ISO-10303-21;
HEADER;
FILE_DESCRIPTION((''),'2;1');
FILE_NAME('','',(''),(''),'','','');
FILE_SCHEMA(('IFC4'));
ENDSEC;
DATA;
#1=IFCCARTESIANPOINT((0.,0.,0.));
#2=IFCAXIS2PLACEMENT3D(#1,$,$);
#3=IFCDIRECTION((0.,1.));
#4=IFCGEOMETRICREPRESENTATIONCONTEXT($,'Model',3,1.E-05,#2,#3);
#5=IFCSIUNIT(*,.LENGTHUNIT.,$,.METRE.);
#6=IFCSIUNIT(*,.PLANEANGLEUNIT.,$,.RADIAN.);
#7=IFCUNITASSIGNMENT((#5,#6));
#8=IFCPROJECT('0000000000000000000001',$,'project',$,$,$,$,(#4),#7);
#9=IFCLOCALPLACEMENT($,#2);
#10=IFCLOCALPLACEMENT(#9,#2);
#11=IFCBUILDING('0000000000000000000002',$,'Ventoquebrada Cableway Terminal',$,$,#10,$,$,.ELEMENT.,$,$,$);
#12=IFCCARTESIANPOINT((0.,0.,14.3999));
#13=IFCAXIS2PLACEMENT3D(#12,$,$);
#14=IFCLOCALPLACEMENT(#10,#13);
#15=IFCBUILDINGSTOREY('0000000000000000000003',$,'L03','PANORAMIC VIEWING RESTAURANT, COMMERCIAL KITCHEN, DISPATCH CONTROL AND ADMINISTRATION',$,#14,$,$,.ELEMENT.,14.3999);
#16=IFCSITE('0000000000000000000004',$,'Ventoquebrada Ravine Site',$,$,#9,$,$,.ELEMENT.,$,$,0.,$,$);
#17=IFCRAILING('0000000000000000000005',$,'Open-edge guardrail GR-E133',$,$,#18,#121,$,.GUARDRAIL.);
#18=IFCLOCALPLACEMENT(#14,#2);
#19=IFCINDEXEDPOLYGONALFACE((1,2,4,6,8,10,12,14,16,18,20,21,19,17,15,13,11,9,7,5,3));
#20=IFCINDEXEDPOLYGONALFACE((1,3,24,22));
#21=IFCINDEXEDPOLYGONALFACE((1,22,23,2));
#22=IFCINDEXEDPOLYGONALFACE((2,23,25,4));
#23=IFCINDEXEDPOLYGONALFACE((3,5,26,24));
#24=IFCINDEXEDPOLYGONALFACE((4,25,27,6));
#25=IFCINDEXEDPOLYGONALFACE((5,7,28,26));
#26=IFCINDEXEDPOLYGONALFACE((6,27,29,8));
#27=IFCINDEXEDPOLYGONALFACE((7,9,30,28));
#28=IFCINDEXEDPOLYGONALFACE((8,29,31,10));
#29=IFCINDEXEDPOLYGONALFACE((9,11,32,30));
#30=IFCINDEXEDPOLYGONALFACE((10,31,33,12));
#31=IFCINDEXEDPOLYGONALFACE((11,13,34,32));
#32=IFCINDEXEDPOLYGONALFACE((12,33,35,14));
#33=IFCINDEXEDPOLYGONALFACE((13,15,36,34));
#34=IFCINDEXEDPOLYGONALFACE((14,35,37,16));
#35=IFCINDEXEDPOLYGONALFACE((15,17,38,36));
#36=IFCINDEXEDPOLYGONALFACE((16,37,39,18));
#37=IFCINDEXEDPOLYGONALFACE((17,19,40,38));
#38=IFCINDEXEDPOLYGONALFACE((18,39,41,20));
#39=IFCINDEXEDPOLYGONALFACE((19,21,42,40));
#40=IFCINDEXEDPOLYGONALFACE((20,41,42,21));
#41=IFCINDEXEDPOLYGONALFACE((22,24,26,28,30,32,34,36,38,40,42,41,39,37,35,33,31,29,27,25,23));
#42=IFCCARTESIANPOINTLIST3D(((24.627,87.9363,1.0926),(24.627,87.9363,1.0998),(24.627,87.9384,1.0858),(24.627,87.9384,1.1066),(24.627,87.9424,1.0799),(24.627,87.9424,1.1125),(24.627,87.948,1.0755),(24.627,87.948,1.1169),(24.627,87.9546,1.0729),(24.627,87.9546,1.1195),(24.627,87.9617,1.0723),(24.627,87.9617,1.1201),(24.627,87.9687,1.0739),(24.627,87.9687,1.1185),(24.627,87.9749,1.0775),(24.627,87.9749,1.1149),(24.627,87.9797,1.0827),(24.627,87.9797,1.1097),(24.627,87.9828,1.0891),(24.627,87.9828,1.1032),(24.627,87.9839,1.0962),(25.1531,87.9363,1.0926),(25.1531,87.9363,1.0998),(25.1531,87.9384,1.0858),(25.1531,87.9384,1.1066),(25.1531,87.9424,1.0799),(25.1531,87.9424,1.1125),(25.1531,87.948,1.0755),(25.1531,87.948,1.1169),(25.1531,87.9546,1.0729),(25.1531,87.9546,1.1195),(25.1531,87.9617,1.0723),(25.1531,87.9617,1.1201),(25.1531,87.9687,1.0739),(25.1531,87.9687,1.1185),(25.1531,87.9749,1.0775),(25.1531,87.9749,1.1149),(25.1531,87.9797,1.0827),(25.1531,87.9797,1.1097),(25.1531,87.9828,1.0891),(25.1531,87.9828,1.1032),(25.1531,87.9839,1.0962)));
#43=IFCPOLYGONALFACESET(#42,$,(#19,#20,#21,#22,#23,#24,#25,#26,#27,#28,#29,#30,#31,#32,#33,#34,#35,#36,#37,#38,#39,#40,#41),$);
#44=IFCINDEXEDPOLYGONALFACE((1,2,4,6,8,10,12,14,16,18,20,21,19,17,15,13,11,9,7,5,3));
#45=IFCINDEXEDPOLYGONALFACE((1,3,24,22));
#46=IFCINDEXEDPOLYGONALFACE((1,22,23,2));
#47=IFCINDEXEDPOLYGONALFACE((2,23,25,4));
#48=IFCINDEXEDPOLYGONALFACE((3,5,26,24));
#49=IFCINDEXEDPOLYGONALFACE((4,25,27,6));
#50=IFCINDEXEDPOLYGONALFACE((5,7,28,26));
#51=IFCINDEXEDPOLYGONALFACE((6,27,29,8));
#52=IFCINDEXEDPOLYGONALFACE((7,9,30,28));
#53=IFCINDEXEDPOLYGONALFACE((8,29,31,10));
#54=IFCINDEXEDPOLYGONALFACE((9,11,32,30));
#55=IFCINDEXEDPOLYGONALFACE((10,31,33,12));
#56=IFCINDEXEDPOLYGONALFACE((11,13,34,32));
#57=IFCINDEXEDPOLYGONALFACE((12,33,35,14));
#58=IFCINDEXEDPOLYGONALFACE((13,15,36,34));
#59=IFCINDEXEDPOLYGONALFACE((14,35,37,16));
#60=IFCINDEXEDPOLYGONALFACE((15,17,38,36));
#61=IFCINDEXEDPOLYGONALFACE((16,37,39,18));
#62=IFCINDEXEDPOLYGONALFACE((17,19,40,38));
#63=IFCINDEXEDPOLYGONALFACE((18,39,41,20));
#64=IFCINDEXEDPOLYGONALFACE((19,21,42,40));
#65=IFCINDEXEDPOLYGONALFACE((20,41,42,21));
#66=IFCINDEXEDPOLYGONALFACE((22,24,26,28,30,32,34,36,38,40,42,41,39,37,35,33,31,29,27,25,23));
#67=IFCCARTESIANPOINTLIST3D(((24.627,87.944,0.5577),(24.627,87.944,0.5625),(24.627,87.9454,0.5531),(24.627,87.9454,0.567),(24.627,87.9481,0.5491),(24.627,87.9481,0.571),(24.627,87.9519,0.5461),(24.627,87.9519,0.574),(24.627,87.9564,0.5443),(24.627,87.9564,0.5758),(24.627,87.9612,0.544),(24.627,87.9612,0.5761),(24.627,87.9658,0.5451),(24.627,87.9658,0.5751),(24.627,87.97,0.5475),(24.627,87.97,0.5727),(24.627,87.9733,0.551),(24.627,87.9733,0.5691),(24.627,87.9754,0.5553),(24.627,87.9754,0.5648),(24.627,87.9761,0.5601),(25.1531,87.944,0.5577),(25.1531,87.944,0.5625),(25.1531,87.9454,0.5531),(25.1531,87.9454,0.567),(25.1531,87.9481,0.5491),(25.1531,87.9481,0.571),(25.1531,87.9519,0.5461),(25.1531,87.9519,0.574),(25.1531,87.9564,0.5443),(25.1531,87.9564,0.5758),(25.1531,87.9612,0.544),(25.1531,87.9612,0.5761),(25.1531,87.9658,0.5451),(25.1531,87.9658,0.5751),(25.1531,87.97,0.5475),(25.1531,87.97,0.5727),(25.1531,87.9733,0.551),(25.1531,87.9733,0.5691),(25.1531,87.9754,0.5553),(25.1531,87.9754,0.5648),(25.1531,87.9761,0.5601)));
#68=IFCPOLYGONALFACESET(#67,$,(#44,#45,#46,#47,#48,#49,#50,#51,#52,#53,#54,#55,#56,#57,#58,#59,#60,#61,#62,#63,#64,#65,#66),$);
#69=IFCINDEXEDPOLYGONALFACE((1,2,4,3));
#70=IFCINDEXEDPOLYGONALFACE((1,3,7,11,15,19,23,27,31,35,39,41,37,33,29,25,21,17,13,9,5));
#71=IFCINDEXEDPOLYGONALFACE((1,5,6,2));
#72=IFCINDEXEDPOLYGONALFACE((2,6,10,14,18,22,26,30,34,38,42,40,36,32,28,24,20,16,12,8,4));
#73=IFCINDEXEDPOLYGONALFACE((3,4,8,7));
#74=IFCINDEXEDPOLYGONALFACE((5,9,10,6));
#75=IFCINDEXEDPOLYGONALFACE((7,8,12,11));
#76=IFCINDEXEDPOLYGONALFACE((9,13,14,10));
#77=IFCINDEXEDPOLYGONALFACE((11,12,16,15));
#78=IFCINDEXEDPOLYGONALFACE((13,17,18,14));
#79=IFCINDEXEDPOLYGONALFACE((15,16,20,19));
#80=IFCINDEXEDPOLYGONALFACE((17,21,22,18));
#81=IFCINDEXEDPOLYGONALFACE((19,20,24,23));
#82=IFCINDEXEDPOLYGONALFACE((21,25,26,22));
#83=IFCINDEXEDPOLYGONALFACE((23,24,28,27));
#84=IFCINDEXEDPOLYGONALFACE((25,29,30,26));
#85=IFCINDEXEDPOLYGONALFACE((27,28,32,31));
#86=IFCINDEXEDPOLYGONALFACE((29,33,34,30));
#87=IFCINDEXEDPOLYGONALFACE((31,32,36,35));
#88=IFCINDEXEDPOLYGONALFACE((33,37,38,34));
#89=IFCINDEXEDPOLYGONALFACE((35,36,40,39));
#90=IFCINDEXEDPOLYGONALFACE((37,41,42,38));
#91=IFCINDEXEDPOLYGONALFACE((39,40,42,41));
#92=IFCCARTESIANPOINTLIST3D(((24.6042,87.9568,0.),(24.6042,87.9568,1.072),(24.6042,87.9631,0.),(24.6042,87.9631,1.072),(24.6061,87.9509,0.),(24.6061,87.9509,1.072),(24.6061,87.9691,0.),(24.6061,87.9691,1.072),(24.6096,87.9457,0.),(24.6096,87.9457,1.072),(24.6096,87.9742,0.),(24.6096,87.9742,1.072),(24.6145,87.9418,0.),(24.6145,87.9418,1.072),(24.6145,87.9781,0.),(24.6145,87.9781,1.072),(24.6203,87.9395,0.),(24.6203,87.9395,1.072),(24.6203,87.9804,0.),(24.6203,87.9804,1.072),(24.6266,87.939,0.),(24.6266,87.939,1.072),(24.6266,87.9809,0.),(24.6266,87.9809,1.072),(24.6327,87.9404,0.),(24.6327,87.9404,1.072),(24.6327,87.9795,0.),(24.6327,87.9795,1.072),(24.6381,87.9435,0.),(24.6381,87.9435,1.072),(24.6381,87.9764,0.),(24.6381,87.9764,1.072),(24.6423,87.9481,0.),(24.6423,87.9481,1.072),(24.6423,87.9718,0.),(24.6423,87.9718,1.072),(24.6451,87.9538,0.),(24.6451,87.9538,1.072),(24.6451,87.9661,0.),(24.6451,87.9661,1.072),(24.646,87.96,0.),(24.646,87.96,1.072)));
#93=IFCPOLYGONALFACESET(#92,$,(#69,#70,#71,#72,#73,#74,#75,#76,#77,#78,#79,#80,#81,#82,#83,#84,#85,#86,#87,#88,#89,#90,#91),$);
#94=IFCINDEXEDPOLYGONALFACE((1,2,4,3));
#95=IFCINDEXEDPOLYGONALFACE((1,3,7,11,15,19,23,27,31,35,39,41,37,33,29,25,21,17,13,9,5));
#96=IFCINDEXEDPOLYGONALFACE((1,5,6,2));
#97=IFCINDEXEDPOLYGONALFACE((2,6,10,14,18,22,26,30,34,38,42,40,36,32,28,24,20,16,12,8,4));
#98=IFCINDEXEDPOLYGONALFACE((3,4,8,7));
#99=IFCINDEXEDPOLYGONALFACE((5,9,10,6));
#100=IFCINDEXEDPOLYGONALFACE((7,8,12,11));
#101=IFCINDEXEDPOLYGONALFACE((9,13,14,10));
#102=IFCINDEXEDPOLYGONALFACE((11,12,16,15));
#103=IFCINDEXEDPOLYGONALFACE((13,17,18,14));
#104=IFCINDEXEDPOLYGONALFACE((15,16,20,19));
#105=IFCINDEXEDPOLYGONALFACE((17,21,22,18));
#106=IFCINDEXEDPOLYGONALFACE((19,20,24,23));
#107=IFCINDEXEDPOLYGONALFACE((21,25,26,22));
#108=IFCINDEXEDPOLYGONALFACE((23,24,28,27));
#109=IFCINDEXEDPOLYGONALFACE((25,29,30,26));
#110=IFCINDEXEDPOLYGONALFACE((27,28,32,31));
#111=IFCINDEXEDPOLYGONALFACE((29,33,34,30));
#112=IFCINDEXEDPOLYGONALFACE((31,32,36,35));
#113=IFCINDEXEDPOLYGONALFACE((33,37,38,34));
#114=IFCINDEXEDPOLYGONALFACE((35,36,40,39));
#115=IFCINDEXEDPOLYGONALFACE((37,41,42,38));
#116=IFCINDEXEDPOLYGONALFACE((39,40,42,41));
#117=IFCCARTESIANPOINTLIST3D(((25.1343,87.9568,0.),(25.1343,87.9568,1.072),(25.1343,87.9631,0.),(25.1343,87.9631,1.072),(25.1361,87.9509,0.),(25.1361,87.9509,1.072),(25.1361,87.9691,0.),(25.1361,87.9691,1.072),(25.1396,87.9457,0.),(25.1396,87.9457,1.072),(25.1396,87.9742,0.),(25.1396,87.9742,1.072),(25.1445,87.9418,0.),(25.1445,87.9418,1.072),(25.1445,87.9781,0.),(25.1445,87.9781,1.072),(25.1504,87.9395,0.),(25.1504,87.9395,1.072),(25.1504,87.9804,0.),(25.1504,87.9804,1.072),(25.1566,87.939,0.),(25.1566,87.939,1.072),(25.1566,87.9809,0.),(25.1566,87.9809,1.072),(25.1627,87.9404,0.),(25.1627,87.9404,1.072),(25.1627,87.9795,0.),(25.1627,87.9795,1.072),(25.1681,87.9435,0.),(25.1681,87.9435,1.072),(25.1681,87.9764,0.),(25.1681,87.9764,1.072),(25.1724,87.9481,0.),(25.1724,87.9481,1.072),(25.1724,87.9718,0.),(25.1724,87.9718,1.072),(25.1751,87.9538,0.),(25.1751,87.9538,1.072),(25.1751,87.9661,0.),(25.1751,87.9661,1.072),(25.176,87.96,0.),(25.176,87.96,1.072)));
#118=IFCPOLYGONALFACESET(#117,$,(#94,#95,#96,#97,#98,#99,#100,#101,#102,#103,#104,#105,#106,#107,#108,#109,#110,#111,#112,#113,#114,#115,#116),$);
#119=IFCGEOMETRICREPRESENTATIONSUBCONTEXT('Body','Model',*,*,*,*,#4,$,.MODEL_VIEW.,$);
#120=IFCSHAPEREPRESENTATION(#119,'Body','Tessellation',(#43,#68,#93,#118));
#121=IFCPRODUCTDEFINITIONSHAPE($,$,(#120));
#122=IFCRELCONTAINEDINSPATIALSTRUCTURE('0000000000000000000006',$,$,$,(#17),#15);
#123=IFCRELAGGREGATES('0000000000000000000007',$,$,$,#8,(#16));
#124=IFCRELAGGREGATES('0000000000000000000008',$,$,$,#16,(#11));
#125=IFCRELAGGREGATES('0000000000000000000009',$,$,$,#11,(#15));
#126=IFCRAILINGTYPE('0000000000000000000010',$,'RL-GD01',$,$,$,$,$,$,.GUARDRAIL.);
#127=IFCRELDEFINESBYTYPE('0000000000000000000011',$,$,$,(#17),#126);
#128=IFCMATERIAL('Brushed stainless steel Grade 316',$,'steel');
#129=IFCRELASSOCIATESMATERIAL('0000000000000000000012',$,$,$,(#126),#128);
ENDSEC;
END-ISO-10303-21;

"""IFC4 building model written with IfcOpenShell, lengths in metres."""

from ifc_helpers import new_model, si_unit, direction, frame, origin, origin_2d, place, context, subcontext, project, spatial, circle, extrude, material, type_object, element, save


model = new_model("IFC4")

# Units and contexts
model_context = context("Model", 3, precision=1e-05, world=origin(), true_north=direction((0.0, 1.0)))
body_context = subcontext(model_context, "Body", "Model", "MODEL_VIEW")
ifc_project = project(units=[si_unit("LENGTHUNIT", "METRE"), si_unit("PLANEANGLEUNIT", "RADIAN")], contexts=[model_context])

# Site, building, storey
site_placement = place(None, origin())
site = spatial("IfcSite", under=ifc_project, at=site_placement, Name="Ventoquebrada Ravine Site", CompositionType="ELEMENT", RefElevation=0.0)
building_placement = place(site_placement, origin())
building = spatial("IfcBuilding", under=site, at=building_placement, Name="Ventoquebrada Cableway Terminal", CompositionType="ELEMENT")
storey_placement = place(building_placement, frame((0.0, 0.0, 14.3999)))
storey = spatial("IfcBuildingStorey", under=building, at=storey_placement, Name="L03", Description="PANORAMIC VIEWING RESTAURANT, COMMERCIAL KITCHEN, DISPATCH CONTROL AND ADMINISTRATION", CompositionType="ELEMENT", Elevation=14.3999)

# Railing
ifc_material_1 = material(Name="Brushed stainless steel Grade 316", Category="steel")
railing_type_1 = type_object("IfcRailingType", Name="RL-GD01", PredefinedType="GUARDRAIL", material=ifc_material_1)
railing_1_placement = place(storey_placement, frame((24.625, 87.96, 0.0)))
element("IfcRailing", 1, at=railing_1_placement, inside=storey, type_object=railing_type_1, Name="Open-edge guardrail GR-E133", PredefinedType="GUARDRAIL", context=body_context, shape_type="SweptSolid", body=[
    extrude(circle(Radius=0.0239, at=origin_2d()), frame((0.002, 0.0, 1.0962), z_axis=(1.0, 0.0, 0.0), x_axis=(0.0, 1.0, 0.0)), (0.0, 0.0, 1.0), 0.5261),
    extrude(circle(Radius=0.0161, at=origin_2d()), frame((0.002, 0.0, 0.5601), z_axis=(1.0, 0.0, 0.0), x_axis=(0.0, 1.0, 0.0)), (0.0, 0.0, 1.0), 0.5261),
    extrude(circle(Radius=0.021, at=origin_2d()), origin(), (0.0, 0.0, 1.0), 1.072),
    extrude(circle(Radius=0.021, at=origin_2d()), frame((0.53, 0.0, 0.0)), (0.0, 0.0, 1.0), 1.072),
])

save(model, "model.ifc")
